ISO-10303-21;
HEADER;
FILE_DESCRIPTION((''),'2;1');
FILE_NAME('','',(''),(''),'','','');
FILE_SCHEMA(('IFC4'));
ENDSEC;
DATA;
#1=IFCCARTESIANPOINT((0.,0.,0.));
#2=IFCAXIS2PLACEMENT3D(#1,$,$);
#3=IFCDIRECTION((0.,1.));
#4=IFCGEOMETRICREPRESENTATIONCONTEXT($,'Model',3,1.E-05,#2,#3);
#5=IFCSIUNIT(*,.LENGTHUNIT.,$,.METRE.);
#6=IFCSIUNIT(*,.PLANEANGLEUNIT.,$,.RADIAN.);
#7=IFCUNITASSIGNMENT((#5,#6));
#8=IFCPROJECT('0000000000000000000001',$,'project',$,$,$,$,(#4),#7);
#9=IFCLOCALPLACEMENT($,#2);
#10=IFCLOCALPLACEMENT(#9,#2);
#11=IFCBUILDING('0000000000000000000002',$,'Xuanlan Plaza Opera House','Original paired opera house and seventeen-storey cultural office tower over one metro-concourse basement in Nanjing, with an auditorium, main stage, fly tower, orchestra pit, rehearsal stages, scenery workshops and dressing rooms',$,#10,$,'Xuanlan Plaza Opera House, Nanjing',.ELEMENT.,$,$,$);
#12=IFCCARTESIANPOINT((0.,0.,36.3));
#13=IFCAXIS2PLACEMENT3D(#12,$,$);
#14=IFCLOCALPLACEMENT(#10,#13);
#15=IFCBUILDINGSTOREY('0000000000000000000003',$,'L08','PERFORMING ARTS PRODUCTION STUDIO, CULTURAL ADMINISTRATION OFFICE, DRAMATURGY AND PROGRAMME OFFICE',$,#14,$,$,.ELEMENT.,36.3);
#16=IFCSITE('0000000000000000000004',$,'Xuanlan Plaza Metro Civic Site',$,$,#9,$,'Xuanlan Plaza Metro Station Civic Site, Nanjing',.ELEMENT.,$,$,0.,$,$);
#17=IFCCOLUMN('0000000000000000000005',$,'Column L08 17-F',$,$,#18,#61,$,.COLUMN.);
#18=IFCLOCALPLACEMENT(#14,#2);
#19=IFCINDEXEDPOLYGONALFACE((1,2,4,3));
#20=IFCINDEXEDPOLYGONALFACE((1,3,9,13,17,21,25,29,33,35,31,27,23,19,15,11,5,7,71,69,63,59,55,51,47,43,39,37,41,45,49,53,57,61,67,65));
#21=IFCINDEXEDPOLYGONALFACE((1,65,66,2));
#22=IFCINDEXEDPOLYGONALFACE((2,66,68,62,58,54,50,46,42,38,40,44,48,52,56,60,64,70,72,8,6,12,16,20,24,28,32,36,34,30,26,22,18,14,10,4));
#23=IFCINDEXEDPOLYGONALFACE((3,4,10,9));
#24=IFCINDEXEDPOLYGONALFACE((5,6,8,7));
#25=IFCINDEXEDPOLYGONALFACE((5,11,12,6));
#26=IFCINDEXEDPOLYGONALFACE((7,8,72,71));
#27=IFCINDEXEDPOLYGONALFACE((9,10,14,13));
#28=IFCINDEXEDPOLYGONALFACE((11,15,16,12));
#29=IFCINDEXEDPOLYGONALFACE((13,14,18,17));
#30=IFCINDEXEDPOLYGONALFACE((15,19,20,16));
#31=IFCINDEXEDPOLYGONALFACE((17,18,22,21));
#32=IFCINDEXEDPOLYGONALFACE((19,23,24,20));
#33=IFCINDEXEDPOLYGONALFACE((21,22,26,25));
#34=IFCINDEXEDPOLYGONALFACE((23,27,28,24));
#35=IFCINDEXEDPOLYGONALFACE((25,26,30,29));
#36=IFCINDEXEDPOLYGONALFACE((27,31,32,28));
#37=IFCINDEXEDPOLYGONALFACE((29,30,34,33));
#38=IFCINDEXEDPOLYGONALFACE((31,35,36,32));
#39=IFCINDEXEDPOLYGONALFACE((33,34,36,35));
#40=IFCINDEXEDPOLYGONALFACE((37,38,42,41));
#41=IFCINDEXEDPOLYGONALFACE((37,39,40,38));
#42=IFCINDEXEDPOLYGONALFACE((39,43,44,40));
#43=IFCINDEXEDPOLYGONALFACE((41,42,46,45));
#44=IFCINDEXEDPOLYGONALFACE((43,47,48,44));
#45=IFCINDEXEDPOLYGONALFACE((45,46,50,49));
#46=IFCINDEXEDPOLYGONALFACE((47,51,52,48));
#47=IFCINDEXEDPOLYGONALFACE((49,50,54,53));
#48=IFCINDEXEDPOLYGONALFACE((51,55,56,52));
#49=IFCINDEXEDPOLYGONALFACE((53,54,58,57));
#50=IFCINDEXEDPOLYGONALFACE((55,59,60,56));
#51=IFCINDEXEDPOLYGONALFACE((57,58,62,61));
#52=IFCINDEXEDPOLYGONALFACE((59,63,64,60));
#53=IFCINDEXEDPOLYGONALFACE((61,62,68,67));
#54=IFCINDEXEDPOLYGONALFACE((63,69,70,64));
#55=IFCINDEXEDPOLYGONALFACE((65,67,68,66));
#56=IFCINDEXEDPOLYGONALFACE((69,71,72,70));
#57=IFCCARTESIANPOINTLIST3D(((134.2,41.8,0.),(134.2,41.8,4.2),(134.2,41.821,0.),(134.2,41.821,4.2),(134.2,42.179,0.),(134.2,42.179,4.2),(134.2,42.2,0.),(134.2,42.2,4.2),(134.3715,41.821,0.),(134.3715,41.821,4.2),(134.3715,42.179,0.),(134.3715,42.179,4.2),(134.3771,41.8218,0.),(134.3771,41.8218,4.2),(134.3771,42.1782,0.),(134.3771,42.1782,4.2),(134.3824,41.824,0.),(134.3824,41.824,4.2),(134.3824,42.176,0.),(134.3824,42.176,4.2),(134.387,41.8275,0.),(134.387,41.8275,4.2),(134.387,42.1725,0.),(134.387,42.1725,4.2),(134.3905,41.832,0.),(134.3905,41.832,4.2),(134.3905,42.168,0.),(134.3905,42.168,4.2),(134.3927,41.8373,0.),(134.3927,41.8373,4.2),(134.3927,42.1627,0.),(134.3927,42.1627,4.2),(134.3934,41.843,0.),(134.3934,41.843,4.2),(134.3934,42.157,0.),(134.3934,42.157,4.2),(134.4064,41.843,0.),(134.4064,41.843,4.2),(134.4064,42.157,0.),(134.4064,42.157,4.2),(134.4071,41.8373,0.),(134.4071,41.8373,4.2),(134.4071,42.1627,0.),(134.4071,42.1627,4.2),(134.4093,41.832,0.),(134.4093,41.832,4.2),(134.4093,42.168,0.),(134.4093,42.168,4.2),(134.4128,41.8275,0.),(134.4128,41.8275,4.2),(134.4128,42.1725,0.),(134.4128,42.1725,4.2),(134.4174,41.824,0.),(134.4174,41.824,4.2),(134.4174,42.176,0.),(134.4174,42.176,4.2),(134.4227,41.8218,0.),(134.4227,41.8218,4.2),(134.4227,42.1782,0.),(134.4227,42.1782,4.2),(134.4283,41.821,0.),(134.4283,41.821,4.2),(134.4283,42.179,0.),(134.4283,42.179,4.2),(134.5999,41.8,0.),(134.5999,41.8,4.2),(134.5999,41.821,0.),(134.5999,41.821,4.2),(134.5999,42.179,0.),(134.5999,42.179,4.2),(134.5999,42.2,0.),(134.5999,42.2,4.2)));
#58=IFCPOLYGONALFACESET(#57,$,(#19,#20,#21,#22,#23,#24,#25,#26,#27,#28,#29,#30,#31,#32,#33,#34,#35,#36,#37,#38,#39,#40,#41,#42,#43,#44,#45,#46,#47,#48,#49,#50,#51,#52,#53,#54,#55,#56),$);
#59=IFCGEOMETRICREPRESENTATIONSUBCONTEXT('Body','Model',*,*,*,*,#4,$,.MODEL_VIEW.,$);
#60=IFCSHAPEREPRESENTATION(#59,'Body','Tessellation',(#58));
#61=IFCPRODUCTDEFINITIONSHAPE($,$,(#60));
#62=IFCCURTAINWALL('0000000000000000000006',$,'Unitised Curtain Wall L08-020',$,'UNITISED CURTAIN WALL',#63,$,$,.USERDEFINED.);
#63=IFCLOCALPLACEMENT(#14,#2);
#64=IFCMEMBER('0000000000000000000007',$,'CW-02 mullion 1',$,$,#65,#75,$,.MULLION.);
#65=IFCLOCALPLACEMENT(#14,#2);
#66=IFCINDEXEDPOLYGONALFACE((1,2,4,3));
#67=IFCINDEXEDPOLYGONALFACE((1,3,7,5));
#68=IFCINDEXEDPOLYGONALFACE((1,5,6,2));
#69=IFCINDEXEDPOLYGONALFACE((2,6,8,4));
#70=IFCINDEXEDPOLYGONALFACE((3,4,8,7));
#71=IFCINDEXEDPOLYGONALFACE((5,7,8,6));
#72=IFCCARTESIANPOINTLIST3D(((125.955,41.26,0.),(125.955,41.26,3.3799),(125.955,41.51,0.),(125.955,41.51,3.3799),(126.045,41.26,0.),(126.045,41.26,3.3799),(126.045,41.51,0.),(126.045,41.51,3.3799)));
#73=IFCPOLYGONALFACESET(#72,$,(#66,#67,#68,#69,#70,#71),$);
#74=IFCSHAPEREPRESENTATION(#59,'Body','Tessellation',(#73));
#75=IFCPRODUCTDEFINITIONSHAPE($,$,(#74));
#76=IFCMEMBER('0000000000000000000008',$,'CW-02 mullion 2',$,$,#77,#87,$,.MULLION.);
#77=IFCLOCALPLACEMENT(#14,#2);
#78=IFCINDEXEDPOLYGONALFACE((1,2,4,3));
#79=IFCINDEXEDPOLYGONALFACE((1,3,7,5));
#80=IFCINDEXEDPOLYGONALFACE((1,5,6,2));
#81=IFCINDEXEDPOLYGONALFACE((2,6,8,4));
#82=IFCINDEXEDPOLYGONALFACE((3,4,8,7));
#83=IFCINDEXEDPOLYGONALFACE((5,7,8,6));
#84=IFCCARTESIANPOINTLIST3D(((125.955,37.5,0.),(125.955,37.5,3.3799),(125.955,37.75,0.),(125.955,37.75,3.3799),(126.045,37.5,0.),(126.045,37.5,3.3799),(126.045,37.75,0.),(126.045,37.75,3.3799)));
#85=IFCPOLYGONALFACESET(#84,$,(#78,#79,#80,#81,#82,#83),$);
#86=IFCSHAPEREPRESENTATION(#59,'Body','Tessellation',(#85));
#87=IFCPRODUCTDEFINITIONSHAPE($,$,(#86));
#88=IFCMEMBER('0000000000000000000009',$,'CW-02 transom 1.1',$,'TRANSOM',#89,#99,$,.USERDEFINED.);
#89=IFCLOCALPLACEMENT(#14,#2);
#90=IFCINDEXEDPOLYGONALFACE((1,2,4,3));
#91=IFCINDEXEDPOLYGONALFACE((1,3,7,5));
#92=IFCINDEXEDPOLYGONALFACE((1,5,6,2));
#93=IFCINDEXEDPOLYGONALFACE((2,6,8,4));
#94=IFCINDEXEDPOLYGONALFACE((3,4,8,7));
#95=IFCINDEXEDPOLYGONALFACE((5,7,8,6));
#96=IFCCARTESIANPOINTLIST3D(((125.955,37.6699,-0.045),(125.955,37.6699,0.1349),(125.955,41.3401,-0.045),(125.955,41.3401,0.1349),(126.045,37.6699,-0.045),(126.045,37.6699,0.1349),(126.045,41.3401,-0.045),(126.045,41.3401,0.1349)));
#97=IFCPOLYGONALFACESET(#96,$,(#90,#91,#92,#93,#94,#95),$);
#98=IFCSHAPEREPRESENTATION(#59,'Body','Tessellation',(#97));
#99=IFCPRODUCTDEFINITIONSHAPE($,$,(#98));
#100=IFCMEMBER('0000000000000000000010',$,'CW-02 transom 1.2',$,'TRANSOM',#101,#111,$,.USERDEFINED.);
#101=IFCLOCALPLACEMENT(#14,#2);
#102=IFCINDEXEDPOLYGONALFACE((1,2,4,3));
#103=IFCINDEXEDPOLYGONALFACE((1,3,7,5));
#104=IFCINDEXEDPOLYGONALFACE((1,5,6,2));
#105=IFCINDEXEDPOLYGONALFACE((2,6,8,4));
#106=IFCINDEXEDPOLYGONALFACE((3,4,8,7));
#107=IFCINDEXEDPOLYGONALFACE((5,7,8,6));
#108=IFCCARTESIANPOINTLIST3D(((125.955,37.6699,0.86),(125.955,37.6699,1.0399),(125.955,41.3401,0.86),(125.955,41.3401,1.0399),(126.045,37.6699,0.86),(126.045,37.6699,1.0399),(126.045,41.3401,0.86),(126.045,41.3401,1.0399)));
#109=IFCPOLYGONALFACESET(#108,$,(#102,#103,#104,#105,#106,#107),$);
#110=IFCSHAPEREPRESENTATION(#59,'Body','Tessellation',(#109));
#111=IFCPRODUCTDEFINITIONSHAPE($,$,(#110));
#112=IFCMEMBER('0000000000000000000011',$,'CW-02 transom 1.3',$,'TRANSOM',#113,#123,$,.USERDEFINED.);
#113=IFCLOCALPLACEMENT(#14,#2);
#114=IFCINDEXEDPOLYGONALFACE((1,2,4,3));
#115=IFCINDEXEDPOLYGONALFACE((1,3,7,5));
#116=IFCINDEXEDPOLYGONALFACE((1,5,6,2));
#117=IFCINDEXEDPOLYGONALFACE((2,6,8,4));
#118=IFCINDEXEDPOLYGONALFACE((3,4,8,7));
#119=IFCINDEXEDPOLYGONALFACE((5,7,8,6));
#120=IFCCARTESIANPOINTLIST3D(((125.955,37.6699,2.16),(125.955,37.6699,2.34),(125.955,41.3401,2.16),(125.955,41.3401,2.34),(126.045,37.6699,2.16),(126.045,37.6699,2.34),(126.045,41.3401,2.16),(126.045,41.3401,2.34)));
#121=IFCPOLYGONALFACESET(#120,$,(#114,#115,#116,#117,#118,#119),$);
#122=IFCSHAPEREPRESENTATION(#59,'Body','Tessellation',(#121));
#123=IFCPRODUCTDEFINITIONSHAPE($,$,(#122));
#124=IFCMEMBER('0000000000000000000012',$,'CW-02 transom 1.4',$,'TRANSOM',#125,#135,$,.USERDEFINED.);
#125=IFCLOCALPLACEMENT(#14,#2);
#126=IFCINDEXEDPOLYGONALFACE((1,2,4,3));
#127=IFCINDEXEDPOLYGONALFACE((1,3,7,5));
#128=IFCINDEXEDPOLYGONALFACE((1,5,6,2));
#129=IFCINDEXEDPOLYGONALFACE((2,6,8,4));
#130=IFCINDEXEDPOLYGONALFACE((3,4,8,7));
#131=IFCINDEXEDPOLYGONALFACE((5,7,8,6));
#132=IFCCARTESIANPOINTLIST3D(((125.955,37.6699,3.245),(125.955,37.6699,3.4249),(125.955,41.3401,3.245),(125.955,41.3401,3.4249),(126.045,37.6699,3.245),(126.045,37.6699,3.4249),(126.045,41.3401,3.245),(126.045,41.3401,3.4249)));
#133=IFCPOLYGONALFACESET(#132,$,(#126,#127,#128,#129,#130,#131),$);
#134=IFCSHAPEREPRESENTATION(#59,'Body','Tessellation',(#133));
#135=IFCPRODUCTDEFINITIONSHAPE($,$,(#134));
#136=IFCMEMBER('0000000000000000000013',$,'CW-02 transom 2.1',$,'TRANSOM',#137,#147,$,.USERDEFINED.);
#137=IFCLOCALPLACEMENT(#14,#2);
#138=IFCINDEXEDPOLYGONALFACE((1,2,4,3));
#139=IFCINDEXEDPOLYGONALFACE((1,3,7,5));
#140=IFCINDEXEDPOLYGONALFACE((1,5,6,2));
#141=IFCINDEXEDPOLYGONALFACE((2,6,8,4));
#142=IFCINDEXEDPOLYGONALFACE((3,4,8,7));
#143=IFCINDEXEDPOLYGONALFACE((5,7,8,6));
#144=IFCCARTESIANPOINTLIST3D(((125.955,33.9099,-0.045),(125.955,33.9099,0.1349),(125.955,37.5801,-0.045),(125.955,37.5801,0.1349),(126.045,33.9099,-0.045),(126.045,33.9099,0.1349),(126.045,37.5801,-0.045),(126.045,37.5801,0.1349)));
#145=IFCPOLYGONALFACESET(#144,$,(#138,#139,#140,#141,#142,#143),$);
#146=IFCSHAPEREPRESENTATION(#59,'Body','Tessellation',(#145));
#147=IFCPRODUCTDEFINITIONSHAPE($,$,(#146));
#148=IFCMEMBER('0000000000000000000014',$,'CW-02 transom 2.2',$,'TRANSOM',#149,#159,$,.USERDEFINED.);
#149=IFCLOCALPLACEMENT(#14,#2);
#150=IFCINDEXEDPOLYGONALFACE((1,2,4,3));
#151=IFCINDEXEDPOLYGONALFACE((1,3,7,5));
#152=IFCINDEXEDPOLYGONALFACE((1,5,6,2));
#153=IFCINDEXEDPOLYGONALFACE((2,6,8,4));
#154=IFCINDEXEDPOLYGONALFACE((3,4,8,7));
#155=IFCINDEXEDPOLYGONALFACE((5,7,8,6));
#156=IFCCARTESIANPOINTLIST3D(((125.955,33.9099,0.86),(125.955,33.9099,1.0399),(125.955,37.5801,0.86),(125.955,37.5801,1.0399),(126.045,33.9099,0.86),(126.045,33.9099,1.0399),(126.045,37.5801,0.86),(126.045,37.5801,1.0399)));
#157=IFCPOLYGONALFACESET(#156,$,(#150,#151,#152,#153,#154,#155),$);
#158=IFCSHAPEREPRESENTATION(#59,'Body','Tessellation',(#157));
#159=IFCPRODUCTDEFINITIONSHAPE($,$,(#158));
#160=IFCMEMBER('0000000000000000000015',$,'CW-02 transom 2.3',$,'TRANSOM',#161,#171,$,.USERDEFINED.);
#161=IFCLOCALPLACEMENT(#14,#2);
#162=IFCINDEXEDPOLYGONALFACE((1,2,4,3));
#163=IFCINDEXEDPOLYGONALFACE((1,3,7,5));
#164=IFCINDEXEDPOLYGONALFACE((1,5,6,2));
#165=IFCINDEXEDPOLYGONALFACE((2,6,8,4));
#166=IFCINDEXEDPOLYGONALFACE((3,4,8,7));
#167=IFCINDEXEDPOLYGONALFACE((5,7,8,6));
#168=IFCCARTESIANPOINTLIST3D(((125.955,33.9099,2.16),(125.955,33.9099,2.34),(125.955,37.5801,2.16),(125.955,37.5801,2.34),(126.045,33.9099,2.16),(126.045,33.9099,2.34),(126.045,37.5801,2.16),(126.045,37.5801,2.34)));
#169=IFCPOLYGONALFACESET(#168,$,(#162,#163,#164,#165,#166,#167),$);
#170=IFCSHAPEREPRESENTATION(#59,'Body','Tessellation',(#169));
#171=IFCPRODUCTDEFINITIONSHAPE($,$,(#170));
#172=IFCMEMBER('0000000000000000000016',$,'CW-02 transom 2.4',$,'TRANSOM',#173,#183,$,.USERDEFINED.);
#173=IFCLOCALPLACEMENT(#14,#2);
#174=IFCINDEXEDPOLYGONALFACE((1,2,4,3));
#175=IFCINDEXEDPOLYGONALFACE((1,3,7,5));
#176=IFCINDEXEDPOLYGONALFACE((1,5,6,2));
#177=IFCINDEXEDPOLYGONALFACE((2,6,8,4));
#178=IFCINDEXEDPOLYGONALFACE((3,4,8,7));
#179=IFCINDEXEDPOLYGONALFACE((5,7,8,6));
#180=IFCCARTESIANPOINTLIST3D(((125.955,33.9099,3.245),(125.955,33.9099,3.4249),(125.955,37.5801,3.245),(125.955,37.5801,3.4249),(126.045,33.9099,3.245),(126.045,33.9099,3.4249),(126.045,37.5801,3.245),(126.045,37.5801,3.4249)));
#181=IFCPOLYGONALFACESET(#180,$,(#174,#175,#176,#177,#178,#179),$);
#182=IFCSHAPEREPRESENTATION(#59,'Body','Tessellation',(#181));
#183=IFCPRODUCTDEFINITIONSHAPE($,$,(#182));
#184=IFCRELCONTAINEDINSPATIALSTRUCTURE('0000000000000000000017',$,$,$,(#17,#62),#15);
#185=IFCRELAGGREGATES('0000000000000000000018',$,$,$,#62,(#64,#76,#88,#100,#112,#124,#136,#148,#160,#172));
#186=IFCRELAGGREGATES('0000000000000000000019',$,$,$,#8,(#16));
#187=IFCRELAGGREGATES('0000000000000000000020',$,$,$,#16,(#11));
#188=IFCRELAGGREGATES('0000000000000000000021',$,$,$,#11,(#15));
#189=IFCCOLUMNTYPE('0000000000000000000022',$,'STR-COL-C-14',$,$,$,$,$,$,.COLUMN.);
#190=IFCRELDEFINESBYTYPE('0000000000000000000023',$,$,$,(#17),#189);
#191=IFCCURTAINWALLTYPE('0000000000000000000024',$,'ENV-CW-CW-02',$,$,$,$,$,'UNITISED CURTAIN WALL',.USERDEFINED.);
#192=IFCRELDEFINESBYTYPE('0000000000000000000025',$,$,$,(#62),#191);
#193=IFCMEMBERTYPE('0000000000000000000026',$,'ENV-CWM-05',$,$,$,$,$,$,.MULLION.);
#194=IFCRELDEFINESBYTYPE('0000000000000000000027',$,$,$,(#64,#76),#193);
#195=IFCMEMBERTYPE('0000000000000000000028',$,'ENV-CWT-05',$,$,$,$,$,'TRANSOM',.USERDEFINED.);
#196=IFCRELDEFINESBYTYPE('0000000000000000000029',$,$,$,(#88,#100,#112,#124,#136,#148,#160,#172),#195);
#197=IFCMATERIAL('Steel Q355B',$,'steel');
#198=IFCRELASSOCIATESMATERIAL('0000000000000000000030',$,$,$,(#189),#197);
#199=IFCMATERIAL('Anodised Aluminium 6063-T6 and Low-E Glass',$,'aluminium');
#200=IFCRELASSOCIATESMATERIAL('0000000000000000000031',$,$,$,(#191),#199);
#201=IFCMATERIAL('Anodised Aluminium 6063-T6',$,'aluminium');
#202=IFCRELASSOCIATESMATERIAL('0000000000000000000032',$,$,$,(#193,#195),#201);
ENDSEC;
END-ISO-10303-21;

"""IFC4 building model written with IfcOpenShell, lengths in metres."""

from ifc_helpers import new_model, si_unit, direction, frame, origin, origin_2d, place, context, subcontext, project, spatial, rectangle, i_section, extrude, material, material_profile, profile_set, type_object, element, aggregate, save


model = new_model("IFC4")

# Units and contexts
model_context = context("Model", 3, precision=1e-05, world=origin(), true_north=direction((0.0, 1.0)))
body_context = subcontext(model_context, "Body", "Model", "MODEL_VIEW")
ifc_project = project(units=[si_unit("LENGTHUNIT", "METRE"), si_unit("PLANEANGLEUNIT", "RADIAN")], contexts=[model_context])

# Site, building, storey
site_placement = place(None, origin())
site = spatial("IfcSite", under=ifc_project, at=site_placement, Name="Xuanlan Plaza Metro Civic Site", LongName="Xuanlan Plaza Metro Station Civic Site, Nanjing", CompositionType="ELEMENT", RefElevation=0.0)
building_placement = place(site_placement, origin())
building = spatial("IfcBuilding", under=site, at=building_placement, Name="Xuanlan Plaza Opera House", Description="Original paired opera house and seventeen-storey cultural office tower over one metro-concourse basement in Nanjing, with an auditorium, main stage, fly tower, orchestra pit, rehearsal stages, scenery workshops and dressing rooms", LongName="Xuanlan Plaza Opera House, Nanjing", CompositionType="ELEMENT")
storey_placement = place(building_placement, frame((0.0, 0.0, 36.3)))
storey = spatial("IfcBuildingStorey", under=building, at=storey_placement, Name="L08", Description="PERFORMING ARTS PRODUCTION STUDIO, CULTURAL ADMINISTRATION OFFICE, DRAMATURGY AND PROGRAMME OFFICE", CompositionType="ELEMENT", Elevation=36.3)

# Column
ifc_material_1 = material(Name="Steel Q355B", Category="steel")
ifc_material_profile_1 = material_profile(ifc_material_1, i_section(OverallWidth=0.3999, OverallDepth=0.3999, WebThickness=0.0129, FlangeThickness=0.021, FilletRadius=0.022, at=origin_2d()), Name="HW 400x400x13x21")
ifc_profile_set_1 = profile_set([ifc_material_profile_1], Name="Steel Q355B")
column_type = type_object("IfcColumnType", Name="STR-COL-C-14", PredefinedType="COLUMN", material=ifc_profile_set_1)
column_placement = place(storey_placement, frame((134.3999, 42.0, 0.0), z_axis=(0.0, 0.0, 1.0), x_axis=(1.0, 0.0, 0.0)))
element("IfcColumn", 1, at=column_placement, inside=storey, type_object=column_type, Name="Column L08 17-F", PredefinedType="COLUMN", context=body_context, shape_type="SweptSolid", body=[
    extrude(i_section(OverallWidth=0.3999, OverallDepth=0.3999, WebThickness=0.0129, FlangeThickness=0.021, FilletRadius=0.022, at=origin_2d()), origin(), (0.0, 0.0, 1.0), 4.2),
])

# Curtain wall, members
ifc_material_2 = material(Name="Anodised Aluminium 6063-T6 and Low-E Glass", Category="aluminium")
curtain_wall_type = type_object("IfcCurtainWallType", Name="ENV-CW-CW-02", ElementType="UNITISED CURTAIN WALL", PredefinedType="USERDEFINED", material=ifc_material_2)
curtain_wall_placement = place(storey_placement, origin())
curtain_wall = element("IfcCurtainWall", 2, at=curtain_wall_placement, inside=storey, type_object=curtain_wall_type, Name="Unitised Curtain Wall L08-020", ObjectType="UNITISED CURTAIN WALL", PredefinedType="USERDEFINED")
ifc_material_3 = material(Name="Anodised Aluminium 6063-T6", Category="aluminium")
ifc_material_profile_2 = material_profile(ifc_material_3, rectangle(XDim=0.0901, YDim=0.25, at=origin_2d()), Name="ALU-M 90x250")
ifc_profile_set_2 = profile_set([ifc_material_profile_2], Name="Anodised Aluminium 6063-T6")
member_type_1 = type_object("IfcMemberType", Name="ENV-CWM-05", PredefinedType="MULLION", material=ifc_profile_set_2)
member_1_placement = place(storey_placement, frame((126.0, 41.385, 0.0), z_axis=(0.0, 0.0, 1.0), x_axis=(1.0, 0.0, 0.0)))
member_1 = element("IfcMember", 3, at=member_1_placement, type_object=member_type_1, Name="CW-02 mullion 1", PredefinedType="MULLION", context=body_context, shape_type="SweptSolid", body=[
    extrude(rectangle(XDim=0.0901, YDim=0.25, at=origin_2d()), origin(), (0.0, 0.0, 1.0), 3.3799),
])
member_2_placement = place(storey_placement, frame((126.0, 37.625, 0.0), z_axis=(0.0, 0.0, 1.0), x_axis=(1.0, 0.0, 0.0)))
member_2 = element("IfcMember", 4, at=member_2_placement, type_object=member_type_1, Name="CW-02 mullion 2", PredefinedType="MULLION", context=body_context, shape_type="SweptSolid", body=[
    extrude(rectangle(XDim=0.0901, YDim=0.25, at=origin_2d()), origin(), (0.0, 0.0, 1.0), 3.3799),
])
ifc_material_profile_3 = material_profile(ifc_material_3, rectangle(XDim=0.0901, YDim=0.1799, at=origin_2d()), Name="ALU-T 90x180")
ifc_profile_set_3 = profile_set([ifc_material_profile_3], Name="Anodised Aluminium 6063-T6")
member_type_2 = type_object("IfcMemberType", Name="ENV-CWT-05", ElementType="TRANSOM", PredefinedType="USERDEFINED", material=ifc_profile_set_3)
member_3_placement = place(storey_placement, frame((126.0, 41.3401, 0.0449), z_axis=(0.0, -1.0, 0.0), x_axis=(1.0, 0.0, 0.0)))
member_3 = element("IfcMember", 5, at=member_3_placement, type_object=member_type_2, Name="CW-02 transom 1.1", ObjectType="TRANSOM", PredefinedType="USERDEFINED", context=body_context, shape_type="SweptSolid", body=[
    extrude(rectangle(XDim=0.0901, YDim=0.1799, at=origin_2d()), origin(), (0.0, 0.0, 1.0), 3.6702),
])
member_4_placement = place(storey_placement, frame((126.0, 41.3401, 0.95), z_axis=(0.0, -1.0, 0.0), x_axis=(1.0, 0.0, 0.0)))
member_4 = element("IfcMember", 6, at=member_4_placement, type_object=member_type_2, Name="CW-02 transom 1.2", ObjectType="TRANSOM", PredefinedType="USERDEFINED", context=body_context, shape_type="SweptSolid", body=[
    extrude(rectangle(XDim=0.0901, YDim=0.1799, at=origin_2d()), origin(), (0.0, 0.0, 1.0), 3.6702),
])
member_5_placement = place(storey_placement, frame((126.0, 41.3401, 2.25), z_axis=(0.0, -1.0, 0.0), x_axis=(1.0, 0.0, 0.0)))
member_5 = element("IfcMember", 7, at=member_5_placement, type_object=member_type_2, Name="CW-02 transom 1.3", ObjectType="TRANSOM", PredefinedType="USERDEFINED", context=body_context, shape_type="SweptSolid", body=[
    extrude(rectangle(XDim=0.0901, YDim=0.1799, at=origin_2d()), origin(), (0.0, 0.0, 1.0), 3.6702),
])
member_6_placement = place(storey_placement, frame((126.0, 41.3401, 3.335), z_axis=(0.0, -1.0, 0.0), x_axis=(1.0, 0.0, 0.0)))
member_6 = element("IfcMember", 8, at=member_6_placement, type_object=member_type_2, Name="CW-02 transom 1.4", ObjectType="TRANSOM", PredefinedType="USERDEFINED", context=body_context, shape_type="SweptSolid", body=[
    extrude(rectangle(XDim=0.0901, YDim=0.1799, at=origin_2d()), origin(), (0.0, 0.0, 1.0), 3.6702),
])
member_7_placement = place(storey_placement, frame((126.0, 37.5801, 0.0449), z_axis=(0.0, -1.0, 0.0), x_axis=(1.0, 0.0, 0.0)))
member_7 = element("IfcMember", 9, at=member_7_placement, type_object=member_type_2, Name="CW-02 transom 2.1", ObjectType="TRANSOM", PredefinedType="USERDEFINED", context=body_context, shape_type="SweptSolid", body=[
    extrude(rectangle(XDim=0.0901, YDim=0.1799, at=origin_2d()), origin(), (0.0, 0.0, 1.0), 3.6702),
])
member_8_placement = place(storey_placement, frame((126.0, 37.5801, 0.95), z_axis=(0.0, -1.0, 0.0), x_axis=(1.0, 0.0, 0.0)))
member_8 = element("IfcMember", 10, at=member_8_placement, type_object=member_type_2, Name="CW-02 transom 2.2", ObjectType="TRANSOM", PredefinedType="USERDEFINED", context=body_context, shape_type="SweptSolid", body=[
    extrude(rectangle(XDim=0.0901, YDim=0.1799, at=origin_2d()), origin(), (0.0, 0.0, 1.0), 3.6702),
])
member_9_placement = place(storey_placement, frame((126.0, 37.5801, 2.25), z_axis=(0.0, -1.0, 0.0), x_axis=(1.0, 0.0, 0.0)))
member_9 = element("IfcMember", 11, at=member_9_placement, type_object=member_type_2, Name="CW-02 transom 2.3", ObjectType="TRANSOM", PredefinedType="USERDEFINED", context=body_context, shape_type="SweptSolid", body=[
    extrude(rectangle(XDim=0.0901, YDim=0.1799, at=origin_2d()), origin(), (0.0, 0.0, 1.0), 3.6702),
])
member_10_placement = place(storey_placement, frame((126.0, 37.5801, 3.335), z_axis=(0.0, -1.0, 0.0), x_axis=(1.0, 0.0, 0.0)))
member_10 = element("IfcMember", 12, at=member_10_placement, type_object=member_type_2, Name="CW-02 transom 2.4", ObjectType="TRANSOM", PredefinedType="USERDEFINED", context=body_context, shape_type="SweptSolid", body=[
    extrude(rectangle(XDim=0.0901, YDim=0.1799, at=origin_2d()), origin(), (0.0, 0.0, 1.0), 3.6702),
])

aggregate(curtain_wall, [member_1, member_2, member_3, member_4, member_5, member_6, member_7, member_8, member_9, member_10])

save(model, "model.ifc")
